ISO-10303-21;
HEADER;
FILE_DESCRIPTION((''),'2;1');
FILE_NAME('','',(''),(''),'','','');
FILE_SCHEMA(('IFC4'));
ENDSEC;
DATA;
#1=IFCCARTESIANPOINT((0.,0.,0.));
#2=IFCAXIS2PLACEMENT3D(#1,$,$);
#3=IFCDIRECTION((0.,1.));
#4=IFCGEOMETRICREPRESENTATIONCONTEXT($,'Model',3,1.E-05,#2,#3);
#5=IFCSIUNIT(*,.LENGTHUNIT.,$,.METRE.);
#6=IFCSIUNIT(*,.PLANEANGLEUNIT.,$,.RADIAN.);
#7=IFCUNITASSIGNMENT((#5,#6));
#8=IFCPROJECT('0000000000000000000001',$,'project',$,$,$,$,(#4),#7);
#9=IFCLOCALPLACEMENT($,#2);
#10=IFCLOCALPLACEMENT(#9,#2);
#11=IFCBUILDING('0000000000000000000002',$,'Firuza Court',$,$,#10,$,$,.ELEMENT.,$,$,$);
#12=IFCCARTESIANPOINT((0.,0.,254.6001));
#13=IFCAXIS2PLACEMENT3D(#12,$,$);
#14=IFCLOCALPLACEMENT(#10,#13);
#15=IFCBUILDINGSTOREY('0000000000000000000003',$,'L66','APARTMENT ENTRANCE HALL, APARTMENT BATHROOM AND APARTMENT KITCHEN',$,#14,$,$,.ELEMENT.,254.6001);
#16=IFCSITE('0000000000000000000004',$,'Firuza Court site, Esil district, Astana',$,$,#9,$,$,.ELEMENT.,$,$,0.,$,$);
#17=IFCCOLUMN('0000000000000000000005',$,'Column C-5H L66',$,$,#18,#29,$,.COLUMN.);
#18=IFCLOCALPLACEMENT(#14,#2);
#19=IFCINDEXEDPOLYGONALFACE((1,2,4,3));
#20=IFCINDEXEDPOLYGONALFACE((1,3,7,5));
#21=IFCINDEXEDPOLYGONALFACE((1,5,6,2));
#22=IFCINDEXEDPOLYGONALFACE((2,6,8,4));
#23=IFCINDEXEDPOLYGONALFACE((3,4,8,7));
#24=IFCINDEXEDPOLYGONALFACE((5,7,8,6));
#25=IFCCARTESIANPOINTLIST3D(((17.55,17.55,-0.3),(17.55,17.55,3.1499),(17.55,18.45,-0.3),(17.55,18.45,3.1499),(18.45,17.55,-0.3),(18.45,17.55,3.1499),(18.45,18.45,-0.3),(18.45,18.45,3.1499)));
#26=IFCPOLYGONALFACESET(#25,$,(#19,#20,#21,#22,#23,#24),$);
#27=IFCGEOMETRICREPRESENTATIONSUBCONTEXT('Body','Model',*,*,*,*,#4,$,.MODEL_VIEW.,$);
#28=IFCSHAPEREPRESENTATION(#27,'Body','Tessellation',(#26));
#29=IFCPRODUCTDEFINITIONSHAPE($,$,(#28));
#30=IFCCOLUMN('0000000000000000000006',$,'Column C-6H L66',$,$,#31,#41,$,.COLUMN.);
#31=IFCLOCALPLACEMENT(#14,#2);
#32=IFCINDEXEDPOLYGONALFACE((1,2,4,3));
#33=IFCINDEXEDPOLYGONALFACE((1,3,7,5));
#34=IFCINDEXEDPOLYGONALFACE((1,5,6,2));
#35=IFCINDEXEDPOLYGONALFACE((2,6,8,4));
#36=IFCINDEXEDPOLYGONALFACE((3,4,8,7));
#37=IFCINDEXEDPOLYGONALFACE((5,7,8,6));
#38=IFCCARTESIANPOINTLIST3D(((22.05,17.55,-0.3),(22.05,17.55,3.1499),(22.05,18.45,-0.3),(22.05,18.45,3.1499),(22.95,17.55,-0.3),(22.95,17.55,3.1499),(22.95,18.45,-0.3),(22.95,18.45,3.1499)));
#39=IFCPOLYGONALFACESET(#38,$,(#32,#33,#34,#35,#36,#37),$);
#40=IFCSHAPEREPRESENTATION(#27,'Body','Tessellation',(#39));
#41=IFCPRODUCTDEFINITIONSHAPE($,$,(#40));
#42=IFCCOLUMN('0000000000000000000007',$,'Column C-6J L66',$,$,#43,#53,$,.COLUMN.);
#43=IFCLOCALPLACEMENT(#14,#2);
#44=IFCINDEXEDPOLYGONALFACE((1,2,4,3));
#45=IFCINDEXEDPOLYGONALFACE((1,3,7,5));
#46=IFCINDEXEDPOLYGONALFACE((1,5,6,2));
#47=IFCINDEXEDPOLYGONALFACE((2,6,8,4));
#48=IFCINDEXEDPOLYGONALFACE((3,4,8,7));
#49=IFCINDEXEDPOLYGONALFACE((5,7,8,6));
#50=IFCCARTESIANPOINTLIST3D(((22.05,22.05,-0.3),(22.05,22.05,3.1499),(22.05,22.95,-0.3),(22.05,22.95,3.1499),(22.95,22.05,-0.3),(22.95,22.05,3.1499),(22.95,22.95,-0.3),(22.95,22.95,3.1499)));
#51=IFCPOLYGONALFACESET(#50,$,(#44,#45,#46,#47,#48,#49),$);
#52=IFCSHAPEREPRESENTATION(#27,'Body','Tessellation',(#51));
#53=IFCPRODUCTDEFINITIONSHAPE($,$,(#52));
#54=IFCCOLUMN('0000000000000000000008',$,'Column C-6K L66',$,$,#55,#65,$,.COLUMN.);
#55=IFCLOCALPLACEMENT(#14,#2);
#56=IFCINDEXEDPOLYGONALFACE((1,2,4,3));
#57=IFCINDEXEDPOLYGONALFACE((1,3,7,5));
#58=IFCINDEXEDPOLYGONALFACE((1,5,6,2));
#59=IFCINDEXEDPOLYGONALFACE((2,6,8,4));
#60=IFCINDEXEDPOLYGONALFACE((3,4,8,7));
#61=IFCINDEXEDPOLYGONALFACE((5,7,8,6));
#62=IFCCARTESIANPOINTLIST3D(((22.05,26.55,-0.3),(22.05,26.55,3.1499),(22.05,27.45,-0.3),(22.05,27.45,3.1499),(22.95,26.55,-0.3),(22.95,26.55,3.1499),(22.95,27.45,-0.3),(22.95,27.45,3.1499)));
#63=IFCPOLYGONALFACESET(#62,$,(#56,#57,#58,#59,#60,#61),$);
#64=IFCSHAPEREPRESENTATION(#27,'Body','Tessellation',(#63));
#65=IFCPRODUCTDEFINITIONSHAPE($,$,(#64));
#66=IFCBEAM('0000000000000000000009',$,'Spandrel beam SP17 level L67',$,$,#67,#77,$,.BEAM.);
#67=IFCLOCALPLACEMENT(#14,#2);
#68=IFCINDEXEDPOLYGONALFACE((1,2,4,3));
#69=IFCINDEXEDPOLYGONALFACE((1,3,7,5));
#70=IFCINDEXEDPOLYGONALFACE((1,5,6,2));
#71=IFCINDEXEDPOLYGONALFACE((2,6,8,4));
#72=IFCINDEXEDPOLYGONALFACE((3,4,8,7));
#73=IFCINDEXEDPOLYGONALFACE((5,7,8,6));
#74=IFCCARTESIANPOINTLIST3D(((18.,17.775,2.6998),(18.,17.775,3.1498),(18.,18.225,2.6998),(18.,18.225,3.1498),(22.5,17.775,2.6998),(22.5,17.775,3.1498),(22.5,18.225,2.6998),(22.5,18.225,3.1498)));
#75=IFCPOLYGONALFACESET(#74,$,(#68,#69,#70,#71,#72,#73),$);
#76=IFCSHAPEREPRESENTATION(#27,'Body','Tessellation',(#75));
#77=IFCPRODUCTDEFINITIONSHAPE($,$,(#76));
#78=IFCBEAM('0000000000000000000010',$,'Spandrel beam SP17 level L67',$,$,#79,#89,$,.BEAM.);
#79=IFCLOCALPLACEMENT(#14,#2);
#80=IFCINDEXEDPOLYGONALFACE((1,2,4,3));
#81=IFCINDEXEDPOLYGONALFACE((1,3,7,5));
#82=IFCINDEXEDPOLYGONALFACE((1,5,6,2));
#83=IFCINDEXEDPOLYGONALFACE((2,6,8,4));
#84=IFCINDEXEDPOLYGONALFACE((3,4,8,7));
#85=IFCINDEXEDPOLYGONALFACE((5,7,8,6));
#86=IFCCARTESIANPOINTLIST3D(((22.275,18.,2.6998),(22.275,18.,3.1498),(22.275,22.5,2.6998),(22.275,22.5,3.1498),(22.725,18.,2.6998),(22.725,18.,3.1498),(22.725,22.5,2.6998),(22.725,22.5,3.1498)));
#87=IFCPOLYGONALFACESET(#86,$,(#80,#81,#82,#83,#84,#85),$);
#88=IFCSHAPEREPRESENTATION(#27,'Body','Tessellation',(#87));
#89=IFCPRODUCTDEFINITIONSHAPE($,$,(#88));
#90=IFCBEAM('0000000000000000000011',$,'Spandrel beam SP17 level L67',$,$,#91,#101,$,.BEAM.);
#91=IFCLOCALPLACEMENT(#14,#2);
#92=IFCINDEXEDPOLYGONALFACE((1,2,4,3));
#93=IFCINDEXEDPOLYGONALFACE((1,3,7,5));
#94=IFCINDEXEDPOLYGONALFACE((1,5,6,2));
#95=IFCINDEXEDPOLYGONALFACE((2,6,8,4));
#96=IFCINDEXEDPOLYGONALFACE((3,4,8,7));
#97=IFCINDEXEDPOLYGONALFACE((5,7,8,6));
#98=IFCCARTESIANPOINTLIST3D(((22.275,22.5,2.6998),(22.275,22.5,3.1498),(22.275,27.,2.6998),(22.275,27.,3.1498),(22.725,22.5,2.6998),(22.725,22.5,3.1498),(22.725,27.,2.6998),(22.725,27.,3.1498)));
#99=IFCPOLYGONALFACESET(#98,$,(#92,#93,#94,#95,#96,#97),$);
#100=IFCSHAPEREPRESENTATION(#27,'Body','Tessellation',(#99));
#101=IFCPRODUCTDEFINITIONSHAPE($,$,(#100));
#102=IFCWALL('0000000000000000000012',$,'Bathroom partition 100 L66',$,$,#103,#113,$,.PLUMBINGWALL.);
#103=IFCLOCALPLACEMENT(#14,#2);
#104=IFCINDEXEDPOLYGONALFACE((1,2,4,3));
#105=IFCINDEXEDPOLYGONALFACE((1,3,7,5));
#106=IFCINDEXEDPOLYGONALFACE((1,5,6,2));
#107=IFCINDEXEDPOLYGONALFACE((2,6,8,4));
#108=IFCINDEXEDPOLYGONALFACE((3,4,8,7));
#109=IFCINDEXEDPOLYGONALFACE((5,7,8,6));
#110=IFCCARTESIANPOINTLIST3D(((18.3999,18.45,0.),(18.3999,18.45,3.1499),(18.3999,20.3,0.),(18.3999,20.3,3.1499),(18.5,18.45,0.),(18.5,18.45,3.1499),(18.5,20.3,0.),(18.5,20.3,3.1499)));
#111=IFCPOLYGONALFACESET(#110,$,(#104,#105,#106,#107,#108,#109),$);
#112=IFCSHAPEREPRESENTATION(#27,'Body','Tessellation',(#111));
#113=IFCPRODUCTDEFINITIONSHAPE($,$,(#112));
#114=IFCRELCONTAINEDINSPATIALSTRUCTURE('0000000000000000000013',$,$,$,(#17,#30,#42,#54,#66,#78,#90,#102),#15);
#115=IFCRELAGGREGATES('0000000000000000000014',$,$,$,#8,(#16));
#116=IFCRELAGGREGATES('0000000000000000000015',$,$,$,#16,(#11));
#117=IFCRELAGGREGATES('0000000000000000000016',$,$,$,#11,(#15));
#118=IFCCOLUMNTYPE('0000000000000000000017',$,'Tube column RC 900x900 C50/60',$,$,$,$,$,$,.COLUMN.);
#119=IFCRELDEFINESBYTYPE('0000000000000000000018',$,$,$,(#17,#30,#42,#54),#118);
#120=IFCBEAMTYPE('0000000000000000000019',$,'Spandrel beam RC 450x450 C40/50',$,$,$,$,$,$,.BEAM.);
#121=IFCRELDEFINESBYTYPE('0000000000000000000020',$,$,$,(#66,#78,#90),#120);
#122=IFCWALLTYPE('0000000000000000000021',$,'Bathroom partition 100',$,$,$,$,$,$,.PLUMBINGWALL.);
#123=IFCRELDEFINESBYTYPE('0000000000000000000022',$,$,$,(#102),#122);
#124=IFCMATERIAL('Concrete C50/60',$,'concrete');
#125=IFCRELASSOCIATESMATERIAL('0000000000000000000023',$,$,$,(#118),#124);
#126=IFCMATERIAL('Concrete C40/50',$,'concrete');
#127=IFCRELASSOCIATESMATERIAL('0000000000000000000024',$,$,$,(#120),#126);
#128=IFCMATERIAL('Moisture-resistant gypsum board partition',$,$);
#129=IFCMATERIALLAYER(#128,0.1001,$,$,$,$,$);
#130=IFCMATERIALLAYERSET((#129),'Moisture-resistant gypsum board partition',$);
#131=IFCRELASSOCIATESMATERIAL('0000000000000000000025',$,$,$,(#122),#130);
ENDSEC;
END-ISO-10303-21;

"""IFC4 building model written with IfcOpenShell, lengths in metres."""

from ifc_helpers import new_model, si_unit, direction, frame, frame_2d, origin, origin_2d, place, context, subcontext, project, spatial, rectangle, extrude, material, layer, layer_set, material_profile, profile_set, type_object, element, save


model = new_model("IFC4")

# Units and contexts
model_context = context("Model", 3, precision=1e-05, world=origin(), true_north=direction((0.0, 1.0)))
body_context = subcontext(model_context, "Body", "Model", "MODEL_VIEW")
ifc_project = project(units=[si_unit("LENGTHUNIT", "METRE"), si_unit("PLANEANGLEUNIT", "RADIAN")], contexts=[model_context])

# Site, building, storey
site_placement = place(None, origin())
site = spatial("IfcSite", under=ifc_project, at=site_placement, Name="Firuza Court site, Esil district, Astana", CompositionType="ELEMENT", RefElevation=0.0)
building_placement = place(site_placement, origin())
building = spatial("IfcBuilding", under=site, at=building_placement, Name="Firuza Court", CompositionType="ELEMENT")
storey_placement = place(building_placement, frame((0.0, 0.0, 254.6001)))
storey = spatial("IfcBuildingStorey", under=building, at=storey_placement, Name="L66", Description="APARTMENT ENTRANCE HALL, APARTMENT BATHROOM AND APARTMENT KITCHEN", CompositionType="ELEMENT", Elevation=254.6001)

# Columns
ifc_material_1 = material(Name="Concrete C50/60", Category="concrete")
ifc_material_profile_1 = material_profile(ifc_material_1, rectangle(XDim=0.8999, YDim=0.8999, at=origin_2d()), Name="RC 900x900")
ifc_profile_set_1 = profile_set([ifc_material_profile_1], Name="Concrete C50/60")
column_type = type_object("IfcColumnType", Name="Tube column RC 900x900 C50/60", PredefinedType="COLUMN", material=ifc_profile_set_1)
for number, where, z_axis, x_axis, name in (
    (1, (18.0, 18.0, -0.3), (0.0, 0.0, 1.0), (1.0, 0.0, 0.0), "Column C-5H L66"),
    (2, (22.5, 18.0, -0.3), (0.0, 0.0, 1.0), (1.0, 0.0, 0.0), "Column C-6H L66"),
    (3, (22.5, 22.5, -0.3), (0.0, 0.0, 1.0), (1.0, 0.0, 0.0), "Column C-6J L66"),
    (4, (22.5, 27.0, -0.3), (0.0, 0.0, 1.0), (1.0, 0.0, 0.0), "Column C-6K L66"),
):
    element("IfcColumn", number, at=place(storey_placement, frame(where, z_axis=z_axis, x_axis=x_axis)), inside=storey, type_object=column_type, Name=name, PredefinedType="COLUMN", context=body_context, shape_type="SweptSolid", body=[
        extrude(rectangle(XDim=0.8999, YDim=0.8999, at=origin_2d()), origin(), (0.0, 0.0, 1.0), 3.45),
    ])

# Beams
ifc_material_2 = material(Name="Concrete C40/50", Category="concrete")
ifc_material_profile_2 = material_profile(ifc_material_2, rectangle(XDim=0.45, YDim=0.45, at=origin_2d()), Name="RC 450x450")
ifc_profile_set_2 = profile_set([ifc_material_profile_2], Name="Concrete C40/50")
beam_type = type_object("IfcBeamType", Name="Spandrel beam RC 450x450 C40/50", PredefinedType="BEAM", material=ifc_profile_set_2)
for number, where, z_axis, x_axis, name in (
    (5, (18.0, 18.0, 2.9248), (1.0, 0.0, 0.0), (0.0, 1.0, 0.0), "Spandrel beam SP17 level L67"),
    (6, (22.5, 18.0, 2.9248), (0.0, 1.0, 0.0), (-1.0, 0.0, 0.0), "Spandrel beam SP17 level L67"),
    (7, (22.5, 22.5, 2.9248), (0.0, 1.0, 0.0), (-1.0, 0.0, 0.0), "Spandrel beam SP17 level L67"),
):
    element("IfcBeam", number, at=place(storey_placement, frame(where, z_axis=z_axis, x_axis=x_axis)), inside=storey, type_object=beam_type, Name=name, PredefinedType="BEAM", context=body_context, shape_type="SweptSolid", body=[
        extrude(rectangle(XDim=0.45, YDim=0.45, at=origin_2d()), origin(), (0.0, 0.0, 1.0), 4.5),
    ])

# Wall
ifc_material_3 = material(Name="Moisture-resistant gypsum board partition")
ifc_layer_1 = layer(ifc_material_3, 0.1001)
ifc_layer_set_1 = layer_set([ifc_layer_1], Name="Moisture-resistant gypsum board partition")
wall_type_1 = type_object("IfcWallType", Name="Bathroom partition 100", PredefinedType="PLUMBINGWALL", material=ifc_layer_set_1)
wall_1_placement = place(storey_placement, frame((18.45, 18.45, 0.0), z_axis=(0.0, 0.0, 1.0), x_axis=(0.0, 1.0, 0.0)))
element("IfcWall", 8, at=wall_1_placement, inside=storey, type_object=wall_type_1, Name="Bathroom partition 100 L66", PredefinedType="PLUMBINGWALL", context=body_context, shape_type="SweptSolid", body=[
    extrude(rectangle(XDim=1.8501, YDim=0.1001, at=frame_2d((0.925, 0.0))), origin(), (0.0, 0.0, 1.0), 3.1499),
])

save(model, "model.ifc")
